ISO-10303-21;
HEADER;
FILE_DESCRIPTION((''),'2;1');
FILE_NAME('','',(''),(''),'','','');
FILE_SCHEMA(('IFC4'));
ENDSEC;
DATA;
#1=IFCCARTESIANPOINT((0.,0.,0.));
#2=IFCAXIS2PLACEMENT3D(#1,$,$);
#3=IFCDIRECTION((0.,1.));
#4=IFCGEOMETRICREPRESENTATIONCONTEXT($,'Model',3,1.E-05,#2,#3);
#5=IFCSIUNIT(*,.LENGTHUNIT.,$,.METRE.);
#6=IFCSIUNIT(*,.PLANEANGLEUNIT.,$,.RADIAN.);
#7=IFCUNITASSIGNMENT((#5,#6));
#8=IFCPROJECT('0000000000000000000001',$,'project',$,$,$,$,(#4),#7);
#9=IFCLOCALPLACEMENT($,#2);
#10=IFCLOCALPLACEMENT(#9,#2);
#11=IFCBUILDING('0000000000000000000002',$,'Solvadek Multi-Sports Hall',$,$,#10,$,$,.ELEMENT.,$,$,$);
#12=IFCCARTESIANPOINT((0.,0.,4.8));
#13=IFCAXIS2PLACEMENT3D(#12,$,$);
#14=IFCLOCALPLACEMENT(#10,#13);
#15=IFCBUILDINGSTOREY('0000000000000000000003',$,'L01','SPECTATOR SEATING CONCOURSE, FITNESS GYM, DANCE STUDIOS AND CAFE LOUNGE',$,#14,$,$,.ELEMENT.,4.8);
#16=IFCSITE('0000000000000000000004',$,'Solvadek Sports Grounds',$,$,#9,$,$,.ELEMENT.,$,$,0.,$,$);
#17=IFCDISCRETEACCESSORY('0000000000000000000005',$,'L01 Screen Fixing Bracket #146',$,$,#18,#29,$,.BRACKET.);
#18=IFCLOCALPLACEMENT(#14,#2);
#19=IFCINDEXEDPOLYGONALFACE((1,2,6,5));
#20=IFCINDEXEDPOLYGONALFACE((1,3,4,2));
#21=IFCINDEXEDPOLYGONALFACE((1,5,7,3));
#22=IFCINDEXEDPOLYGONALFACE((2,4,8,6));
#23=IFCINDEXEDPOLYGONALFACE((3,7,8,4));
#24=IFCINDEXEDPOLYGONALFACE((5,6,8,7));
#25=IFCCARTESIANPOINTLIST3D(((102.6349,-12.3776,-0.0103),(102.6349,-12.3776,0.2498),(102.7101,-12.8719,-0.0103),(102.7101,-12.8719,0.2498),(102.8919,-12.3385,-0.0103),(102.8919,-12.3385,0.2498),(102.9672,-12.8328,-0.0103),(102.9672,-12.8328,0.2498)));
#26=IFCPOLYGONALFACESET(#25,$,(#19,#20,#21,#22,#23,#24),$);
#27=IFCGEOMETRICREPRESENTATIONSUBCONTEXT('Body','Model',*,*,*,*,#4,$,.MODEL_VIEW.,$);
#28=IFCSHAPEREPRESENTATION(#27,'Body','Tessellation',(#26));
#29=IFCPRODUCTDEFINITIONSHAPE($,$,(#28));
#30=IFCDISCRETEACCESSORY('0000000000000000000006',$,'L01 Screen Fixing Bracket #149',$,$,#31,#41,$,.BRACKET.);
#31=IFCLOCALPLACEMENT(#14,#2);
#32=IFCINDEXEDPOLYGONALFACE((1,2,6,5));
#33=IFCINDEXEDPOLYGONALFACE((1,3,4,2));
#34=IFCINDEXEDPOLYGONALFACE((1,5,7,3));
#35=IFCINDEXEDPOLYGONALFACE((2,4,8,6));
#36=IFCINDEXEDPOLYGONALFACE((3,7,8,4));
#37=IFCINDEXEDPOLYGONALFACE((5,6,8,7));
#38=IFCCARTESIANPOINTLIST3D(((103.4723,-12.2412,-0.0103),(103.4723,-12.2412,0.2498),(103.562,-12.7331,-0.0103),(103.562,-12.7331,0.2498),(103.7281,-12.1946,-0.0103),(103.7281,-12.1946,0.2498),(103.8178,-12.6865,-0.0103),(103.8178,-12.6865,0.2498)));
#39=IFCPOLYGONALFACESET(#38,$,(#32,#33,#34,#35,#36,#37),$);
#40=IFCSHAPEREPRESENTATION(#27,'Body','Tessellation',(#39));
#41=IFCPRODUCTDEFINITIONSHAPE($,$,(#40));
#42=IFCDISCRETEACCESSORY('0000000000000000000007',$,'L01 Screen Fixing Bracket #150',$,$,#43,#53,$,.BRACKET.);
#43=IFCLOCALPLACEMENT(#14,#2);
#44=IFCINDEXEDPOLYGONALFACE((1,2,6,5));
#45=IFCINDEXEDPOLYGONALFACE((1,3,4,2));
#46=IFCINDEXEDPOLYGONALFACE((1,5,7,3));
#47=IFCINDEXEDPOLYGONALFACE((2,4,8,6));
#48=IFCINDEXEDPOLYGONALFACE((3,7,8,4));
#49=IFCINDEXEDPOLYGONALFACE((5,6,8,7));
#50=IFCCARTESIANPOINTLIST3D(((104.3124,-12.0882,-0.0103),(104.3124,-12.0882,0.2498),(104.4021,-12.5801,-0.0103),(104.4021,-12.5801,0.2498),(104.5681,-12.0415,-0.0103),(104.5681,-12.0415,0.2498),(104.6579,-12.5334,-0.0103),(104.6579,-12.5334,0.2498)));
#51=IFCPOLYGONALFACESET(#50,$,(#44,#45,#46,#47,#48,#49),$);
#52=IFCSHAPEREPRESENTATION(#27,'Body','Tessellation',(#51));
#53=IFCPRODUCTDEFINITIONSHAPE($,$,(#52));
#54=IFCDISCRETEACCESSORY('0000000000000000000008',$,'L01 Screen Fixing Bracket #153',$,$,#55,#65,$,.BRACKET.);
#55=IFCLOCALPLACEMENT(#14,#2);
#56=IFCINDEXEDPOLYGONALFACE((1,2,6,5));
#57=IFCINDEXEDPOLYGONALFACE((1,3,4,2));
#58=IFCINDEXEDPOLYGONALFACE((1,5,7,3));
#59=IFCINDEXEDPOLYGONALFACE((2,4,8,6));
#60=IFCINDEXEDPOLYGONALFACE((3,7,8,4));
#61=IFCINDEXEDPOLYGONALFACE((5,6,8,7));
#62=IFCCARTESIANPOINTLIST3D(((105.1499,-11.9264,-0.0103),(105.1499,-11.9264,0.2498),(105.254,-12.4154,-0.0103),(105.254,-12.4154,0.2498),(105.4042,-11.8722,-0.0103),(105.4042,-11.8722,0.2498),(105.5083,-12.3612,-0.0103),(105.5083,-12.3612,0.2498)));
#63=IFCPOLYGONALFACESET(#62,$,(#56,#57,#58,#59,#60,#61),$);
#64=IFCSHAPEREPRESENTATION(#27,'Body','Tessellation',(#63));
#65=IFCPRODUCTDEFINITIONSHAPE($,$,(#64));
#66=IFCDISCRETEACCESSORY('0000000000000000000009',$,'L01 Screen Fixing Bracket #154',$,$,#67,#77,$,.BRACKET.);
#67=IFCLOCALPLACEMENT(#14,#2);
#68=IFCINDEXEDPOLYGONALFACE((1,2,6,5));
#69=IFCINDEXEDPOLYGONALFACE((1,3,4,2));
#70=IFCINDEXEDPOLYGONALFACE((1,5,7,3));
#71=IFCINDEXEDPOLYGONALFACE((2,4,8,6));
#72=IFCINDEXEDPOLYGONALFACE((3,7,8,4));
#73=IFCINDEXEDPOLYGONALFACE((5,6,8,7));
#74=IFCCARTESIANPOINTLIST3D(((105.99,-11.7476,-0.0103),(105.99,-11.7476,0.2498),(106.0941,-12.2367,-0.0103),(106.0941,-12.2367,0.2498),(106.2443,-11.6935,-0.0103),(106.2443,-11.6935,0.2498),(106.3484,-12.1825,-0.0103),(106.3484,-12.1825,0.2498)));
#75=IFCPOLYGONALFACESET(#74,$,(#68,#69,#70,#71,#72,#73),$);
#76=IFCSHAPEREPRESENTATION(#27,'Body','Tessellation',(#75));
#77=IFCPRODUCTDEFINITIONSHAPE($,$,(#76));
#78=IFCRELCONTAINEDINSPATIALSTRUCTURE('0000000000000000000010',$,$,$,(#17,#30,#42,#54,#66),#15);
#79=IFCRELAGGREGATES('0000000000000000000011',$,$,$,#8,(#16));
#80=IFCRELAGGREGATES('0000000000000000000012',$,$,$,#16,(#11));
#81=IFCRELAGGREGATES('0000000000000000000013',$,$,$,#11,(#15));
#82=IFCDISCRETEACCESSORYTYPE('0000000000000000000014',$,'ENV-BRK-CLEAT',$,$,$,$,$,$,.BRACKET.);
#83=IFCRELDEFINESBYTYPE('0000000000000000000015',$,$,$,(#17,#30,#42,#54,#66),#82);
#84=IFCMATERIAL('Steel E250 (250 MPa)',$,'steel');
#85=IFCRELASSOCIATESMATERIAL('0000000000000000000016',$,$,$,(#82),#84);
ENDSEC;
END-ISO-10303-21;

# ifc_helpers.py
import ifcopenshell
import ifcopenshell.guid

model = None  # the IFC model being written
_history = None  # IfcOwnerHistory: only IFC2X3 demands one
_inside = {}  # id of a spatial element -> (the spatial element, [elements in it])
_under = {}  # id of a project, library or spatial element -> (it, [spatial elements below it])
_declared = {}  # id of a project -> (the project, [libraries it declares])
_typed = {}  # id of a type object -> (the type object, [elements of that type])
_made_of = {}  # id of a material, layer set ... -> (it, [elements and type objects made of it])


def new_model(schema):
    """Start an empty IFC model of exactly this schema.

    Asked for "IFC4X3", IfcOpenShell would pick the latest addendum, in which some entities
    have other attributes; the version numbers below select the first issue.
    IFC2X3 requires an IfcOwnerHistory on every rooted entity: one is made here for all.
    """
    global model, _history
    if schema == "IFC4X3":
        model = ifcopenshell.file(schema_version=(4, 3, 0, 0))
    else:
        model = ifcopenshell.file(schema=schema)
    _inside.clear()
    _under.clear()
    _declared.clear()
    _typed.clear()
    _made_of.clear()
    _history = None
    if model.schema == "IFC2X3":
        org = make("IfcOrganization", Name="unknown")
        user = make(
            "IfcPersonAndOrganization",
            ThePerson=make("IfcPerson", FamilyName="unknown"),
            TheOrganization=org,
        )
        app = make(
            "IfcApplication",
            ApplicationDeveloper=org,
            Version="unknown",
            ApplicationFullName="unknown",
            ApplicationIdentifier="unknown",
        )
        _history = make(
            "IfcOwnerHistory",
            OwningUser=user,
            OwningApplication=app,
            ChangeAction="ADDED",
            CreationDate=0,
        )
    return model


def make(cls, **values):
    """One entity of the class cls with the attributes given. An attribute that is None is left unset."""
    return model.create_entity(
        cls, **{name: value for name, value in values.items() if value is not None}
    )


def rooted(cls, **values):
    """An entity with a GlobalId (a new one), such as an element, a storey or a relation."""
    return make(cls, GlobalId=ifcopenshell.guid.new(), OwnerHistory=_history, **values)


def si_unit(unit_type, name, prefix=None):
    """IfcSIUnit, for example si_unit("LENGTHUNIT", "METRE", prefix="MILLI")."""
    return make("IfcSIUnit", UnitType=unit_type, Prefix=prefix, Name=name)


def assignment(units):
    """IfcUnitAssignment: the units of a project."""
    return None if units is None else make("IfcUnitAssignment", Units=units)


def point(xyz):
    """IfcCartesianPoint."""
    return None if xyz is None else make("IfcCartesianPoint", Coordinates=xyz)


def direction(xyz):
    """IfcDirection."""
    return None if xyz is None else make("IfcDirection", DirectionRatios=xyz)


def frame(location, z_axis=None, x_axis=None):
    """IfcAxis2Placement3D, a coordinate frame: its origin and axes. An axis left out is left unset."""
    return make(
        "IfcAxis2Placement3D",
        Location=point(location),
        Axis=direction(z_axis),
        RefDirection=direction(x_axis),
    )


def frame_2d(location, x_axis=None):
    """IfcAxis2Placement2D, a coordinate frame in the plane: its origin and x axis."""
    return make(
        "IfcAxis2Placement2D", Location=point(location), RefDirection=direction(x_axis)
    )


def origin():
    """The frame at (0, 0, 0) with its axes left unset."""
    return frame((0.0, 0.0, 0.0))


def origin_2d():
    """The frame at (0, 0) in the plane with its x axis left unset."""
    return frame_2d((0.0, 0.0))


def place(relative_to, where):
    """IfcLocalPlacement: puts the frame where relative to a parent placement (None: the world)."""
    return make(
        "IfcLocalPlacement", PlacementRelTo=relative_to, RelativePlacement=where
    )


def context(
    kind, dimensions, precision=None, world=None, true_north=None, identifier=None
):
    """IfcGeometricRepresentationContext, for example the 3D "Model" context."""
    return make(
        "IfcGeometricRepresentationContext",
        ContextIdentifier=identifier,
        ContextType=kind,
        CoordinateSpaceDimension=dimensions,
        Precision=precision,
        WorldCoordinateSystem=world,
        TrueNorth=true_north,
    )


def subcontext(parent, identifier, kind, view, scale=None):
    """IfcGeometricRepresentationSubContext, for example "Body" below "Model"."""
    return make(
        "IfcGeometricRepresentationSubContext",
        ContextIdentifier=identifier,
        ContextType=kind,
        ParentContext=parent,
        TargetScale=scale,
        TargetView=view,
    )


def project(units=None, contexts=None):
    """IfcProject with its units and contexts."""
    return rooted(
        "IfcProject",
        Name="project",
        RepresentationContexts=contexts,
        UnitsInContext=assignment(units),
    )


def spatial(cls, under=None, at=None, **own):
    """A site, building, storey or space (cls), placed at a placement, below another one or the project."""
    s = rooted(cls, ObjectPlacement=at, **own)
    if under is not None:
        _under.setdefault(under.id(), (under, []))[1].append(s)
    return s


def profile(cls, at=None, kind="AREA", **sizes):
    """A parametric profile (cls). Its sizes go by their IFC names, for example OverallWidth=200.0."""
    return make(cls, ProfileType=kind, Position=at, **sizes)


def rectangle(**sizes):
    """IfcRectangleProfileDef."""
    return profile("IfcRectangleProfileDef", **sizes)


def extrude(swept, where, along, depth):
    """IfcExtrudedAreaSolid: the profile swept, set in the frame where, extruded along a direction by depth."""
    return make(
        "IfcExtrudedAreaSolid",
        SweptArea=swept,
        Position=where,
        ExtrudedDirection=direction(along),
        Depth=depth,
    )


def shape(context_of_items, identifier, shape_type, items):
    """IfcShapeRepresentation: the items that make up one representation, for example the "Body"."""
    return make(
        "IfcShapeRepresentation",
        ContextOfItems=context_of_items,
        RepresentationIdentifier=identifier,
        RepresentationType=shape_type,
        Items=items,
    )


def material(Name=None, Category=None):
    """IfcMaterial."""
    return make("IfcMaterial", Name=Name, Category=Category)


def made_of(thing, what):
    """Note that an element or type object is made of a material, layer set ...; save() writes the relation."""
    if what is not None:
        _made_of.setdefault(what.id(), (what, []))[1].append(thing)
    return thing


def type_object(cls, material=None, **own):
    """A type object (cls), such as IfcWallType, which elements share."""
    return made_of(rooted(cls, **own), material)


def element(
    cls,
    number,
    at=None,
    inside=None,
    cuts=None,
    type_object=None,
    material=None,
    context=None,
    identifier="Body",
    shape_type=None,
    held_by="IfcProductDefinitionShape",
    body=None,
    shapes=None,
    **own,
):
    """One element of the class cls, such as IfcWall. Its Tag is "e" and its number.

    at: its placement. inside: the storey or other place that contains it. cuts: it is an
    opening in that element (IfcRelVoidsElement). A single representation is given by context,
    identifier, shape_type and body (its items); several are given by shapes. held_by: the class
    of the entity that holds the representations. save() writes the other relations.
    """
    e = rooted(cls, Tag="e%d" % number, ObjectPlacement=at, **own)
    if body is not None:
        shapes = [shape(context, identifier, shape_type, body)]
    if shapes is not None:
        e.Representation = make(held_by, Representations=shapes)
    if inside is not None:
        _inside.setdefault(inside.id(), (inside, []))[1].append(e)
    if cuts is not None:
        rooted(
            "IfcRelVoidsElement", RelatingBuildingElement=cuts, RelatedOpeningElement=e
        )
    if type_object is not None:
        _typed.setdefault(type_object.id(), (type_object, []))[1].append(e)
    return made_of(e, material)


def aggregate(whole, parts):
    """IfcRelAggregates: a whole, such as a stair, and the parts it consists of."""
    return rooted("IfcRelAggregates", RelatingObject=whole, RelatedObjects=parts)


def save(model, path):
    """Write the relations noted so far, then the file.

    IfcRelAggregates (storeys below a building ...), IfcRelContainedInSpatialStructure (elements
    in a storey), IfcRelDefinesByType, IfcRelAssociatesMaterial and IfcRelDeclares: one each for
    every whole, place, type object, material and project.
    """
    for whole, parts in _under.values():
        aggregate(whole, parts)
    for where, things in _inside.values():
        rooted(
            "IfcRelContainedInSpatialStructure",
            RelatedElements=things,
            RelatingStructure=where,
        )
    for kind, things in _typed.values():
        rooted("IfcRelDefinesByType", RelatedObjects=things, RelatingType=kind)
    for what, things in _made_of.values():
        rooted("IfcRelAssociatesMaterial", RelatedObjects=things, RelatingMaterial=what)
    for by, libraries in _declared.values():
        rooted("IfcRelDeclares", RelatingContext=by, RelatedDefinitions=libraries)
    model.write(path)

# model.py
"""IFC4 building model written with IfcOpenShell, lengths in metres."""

from ifc_helpers import new_model, si_unit, direction, frame, origin, origin_2d, place, context, subcontext, project, spatial, rectangle, extrude, material, type_object, element, save


model = new_model("IFC4")

# Units and contexts
model_context = context("Model", 3, precision=1e-05, world=origin(), true_north=direction((0.0, 1.0)))
body_context = subcontext(model_context, "Body", "Model", "MODEL_VIEW")
ifc_project = project(units=[si_unit("LENGTHUNIT", "METRE"), si_unit("PLANEANGLEUNIT", "RADIAN")], contexts=[model_context])

# Site, building, storey
site_placement = place(None, origin())
site = spatial("IfcSite", under=ifc_project, at=site_placement, Name="Solvadek Sports Grounds", CompositionType="ELEMENT", RefElevation=0.0)
building_placement = place(site_placement, origin())
building = spatial("IfcBuilding", under=site, at=building_placement, Name="Solvadek Multi-Sports Hall", CompositionType="ELEMENT")
storey_placement = place(building_placement, frame((0.0, 0.0, 4.8)))
storey = spatial("IfcBuildingStorey", under=building, at=storey_placement, Name="L01", Description="SPECTATOR SEATING CONCOURSE, FITNESS GYM, DANCE STUDIOS AND CAFE LOUNGE", CompositionType="ELEMENT", Elevation=4.8)

# Discrete accessories
ifc_material_1 = material(Name="Steel E250 (250 MPa)", Category="steel")
discrete_accessory_type = type_object("IfcDiscreteAccessoryType", Name="ENV-BRK-CLEAT", PredefinedType="BRACKET", material=ifc_material_1)
for number, where, z_axis, x_axis, name in (
    (1, (102.801, -12.6052, -0.0103), (0.0, 0.0, 1.0), (0.988606, 0.150527, 0.0), "L01 Screen Fixing Bracket #146"),
    (2, (103.645, -12.4639, -0.0103), (0.0, 0.0, 1.0), (0.983772, 0.179421, 0.0), "L01 Screen Fixing Bracket #149"),
    (3, (104.4851, -12.3108, -0.0103), (0.0, 0.0, 1.0), (0.983772, 0.179421, 0.0), "L01 Screen Fixing Bracket #150"),
    (4, (105.3291, -12.1438, -0.0103), (0.0, 0.0, 1.0), (0.978076, 0.208249, 0.0), "L01 Screen Fixing Bracket #153"),
    (5, (106.1692, -11.9651, -0.0103), (0.0, 0.0, 1.0), (0.978076, 0.208249, 0.0), "L01 Screen Fixing Bracket #154"),
):
    element("IfcDiscreteAccessory", number, at=place(storey_placement, frame(where, z_axis=z_axis, x_axis=x_axis)), inside=storey, type_object=discrete_accessory_type, Name=name, PredefinedType="BRACKET", context=body_context, shape_type="SweptSolid", body=[
        extrude(rectangle(XDim=0.26, YDim=0.5, at=origin_2d()), origin(), (0.0, 0.0, 1.0), 0.26),
    ])

save(model, "model.ifc")
